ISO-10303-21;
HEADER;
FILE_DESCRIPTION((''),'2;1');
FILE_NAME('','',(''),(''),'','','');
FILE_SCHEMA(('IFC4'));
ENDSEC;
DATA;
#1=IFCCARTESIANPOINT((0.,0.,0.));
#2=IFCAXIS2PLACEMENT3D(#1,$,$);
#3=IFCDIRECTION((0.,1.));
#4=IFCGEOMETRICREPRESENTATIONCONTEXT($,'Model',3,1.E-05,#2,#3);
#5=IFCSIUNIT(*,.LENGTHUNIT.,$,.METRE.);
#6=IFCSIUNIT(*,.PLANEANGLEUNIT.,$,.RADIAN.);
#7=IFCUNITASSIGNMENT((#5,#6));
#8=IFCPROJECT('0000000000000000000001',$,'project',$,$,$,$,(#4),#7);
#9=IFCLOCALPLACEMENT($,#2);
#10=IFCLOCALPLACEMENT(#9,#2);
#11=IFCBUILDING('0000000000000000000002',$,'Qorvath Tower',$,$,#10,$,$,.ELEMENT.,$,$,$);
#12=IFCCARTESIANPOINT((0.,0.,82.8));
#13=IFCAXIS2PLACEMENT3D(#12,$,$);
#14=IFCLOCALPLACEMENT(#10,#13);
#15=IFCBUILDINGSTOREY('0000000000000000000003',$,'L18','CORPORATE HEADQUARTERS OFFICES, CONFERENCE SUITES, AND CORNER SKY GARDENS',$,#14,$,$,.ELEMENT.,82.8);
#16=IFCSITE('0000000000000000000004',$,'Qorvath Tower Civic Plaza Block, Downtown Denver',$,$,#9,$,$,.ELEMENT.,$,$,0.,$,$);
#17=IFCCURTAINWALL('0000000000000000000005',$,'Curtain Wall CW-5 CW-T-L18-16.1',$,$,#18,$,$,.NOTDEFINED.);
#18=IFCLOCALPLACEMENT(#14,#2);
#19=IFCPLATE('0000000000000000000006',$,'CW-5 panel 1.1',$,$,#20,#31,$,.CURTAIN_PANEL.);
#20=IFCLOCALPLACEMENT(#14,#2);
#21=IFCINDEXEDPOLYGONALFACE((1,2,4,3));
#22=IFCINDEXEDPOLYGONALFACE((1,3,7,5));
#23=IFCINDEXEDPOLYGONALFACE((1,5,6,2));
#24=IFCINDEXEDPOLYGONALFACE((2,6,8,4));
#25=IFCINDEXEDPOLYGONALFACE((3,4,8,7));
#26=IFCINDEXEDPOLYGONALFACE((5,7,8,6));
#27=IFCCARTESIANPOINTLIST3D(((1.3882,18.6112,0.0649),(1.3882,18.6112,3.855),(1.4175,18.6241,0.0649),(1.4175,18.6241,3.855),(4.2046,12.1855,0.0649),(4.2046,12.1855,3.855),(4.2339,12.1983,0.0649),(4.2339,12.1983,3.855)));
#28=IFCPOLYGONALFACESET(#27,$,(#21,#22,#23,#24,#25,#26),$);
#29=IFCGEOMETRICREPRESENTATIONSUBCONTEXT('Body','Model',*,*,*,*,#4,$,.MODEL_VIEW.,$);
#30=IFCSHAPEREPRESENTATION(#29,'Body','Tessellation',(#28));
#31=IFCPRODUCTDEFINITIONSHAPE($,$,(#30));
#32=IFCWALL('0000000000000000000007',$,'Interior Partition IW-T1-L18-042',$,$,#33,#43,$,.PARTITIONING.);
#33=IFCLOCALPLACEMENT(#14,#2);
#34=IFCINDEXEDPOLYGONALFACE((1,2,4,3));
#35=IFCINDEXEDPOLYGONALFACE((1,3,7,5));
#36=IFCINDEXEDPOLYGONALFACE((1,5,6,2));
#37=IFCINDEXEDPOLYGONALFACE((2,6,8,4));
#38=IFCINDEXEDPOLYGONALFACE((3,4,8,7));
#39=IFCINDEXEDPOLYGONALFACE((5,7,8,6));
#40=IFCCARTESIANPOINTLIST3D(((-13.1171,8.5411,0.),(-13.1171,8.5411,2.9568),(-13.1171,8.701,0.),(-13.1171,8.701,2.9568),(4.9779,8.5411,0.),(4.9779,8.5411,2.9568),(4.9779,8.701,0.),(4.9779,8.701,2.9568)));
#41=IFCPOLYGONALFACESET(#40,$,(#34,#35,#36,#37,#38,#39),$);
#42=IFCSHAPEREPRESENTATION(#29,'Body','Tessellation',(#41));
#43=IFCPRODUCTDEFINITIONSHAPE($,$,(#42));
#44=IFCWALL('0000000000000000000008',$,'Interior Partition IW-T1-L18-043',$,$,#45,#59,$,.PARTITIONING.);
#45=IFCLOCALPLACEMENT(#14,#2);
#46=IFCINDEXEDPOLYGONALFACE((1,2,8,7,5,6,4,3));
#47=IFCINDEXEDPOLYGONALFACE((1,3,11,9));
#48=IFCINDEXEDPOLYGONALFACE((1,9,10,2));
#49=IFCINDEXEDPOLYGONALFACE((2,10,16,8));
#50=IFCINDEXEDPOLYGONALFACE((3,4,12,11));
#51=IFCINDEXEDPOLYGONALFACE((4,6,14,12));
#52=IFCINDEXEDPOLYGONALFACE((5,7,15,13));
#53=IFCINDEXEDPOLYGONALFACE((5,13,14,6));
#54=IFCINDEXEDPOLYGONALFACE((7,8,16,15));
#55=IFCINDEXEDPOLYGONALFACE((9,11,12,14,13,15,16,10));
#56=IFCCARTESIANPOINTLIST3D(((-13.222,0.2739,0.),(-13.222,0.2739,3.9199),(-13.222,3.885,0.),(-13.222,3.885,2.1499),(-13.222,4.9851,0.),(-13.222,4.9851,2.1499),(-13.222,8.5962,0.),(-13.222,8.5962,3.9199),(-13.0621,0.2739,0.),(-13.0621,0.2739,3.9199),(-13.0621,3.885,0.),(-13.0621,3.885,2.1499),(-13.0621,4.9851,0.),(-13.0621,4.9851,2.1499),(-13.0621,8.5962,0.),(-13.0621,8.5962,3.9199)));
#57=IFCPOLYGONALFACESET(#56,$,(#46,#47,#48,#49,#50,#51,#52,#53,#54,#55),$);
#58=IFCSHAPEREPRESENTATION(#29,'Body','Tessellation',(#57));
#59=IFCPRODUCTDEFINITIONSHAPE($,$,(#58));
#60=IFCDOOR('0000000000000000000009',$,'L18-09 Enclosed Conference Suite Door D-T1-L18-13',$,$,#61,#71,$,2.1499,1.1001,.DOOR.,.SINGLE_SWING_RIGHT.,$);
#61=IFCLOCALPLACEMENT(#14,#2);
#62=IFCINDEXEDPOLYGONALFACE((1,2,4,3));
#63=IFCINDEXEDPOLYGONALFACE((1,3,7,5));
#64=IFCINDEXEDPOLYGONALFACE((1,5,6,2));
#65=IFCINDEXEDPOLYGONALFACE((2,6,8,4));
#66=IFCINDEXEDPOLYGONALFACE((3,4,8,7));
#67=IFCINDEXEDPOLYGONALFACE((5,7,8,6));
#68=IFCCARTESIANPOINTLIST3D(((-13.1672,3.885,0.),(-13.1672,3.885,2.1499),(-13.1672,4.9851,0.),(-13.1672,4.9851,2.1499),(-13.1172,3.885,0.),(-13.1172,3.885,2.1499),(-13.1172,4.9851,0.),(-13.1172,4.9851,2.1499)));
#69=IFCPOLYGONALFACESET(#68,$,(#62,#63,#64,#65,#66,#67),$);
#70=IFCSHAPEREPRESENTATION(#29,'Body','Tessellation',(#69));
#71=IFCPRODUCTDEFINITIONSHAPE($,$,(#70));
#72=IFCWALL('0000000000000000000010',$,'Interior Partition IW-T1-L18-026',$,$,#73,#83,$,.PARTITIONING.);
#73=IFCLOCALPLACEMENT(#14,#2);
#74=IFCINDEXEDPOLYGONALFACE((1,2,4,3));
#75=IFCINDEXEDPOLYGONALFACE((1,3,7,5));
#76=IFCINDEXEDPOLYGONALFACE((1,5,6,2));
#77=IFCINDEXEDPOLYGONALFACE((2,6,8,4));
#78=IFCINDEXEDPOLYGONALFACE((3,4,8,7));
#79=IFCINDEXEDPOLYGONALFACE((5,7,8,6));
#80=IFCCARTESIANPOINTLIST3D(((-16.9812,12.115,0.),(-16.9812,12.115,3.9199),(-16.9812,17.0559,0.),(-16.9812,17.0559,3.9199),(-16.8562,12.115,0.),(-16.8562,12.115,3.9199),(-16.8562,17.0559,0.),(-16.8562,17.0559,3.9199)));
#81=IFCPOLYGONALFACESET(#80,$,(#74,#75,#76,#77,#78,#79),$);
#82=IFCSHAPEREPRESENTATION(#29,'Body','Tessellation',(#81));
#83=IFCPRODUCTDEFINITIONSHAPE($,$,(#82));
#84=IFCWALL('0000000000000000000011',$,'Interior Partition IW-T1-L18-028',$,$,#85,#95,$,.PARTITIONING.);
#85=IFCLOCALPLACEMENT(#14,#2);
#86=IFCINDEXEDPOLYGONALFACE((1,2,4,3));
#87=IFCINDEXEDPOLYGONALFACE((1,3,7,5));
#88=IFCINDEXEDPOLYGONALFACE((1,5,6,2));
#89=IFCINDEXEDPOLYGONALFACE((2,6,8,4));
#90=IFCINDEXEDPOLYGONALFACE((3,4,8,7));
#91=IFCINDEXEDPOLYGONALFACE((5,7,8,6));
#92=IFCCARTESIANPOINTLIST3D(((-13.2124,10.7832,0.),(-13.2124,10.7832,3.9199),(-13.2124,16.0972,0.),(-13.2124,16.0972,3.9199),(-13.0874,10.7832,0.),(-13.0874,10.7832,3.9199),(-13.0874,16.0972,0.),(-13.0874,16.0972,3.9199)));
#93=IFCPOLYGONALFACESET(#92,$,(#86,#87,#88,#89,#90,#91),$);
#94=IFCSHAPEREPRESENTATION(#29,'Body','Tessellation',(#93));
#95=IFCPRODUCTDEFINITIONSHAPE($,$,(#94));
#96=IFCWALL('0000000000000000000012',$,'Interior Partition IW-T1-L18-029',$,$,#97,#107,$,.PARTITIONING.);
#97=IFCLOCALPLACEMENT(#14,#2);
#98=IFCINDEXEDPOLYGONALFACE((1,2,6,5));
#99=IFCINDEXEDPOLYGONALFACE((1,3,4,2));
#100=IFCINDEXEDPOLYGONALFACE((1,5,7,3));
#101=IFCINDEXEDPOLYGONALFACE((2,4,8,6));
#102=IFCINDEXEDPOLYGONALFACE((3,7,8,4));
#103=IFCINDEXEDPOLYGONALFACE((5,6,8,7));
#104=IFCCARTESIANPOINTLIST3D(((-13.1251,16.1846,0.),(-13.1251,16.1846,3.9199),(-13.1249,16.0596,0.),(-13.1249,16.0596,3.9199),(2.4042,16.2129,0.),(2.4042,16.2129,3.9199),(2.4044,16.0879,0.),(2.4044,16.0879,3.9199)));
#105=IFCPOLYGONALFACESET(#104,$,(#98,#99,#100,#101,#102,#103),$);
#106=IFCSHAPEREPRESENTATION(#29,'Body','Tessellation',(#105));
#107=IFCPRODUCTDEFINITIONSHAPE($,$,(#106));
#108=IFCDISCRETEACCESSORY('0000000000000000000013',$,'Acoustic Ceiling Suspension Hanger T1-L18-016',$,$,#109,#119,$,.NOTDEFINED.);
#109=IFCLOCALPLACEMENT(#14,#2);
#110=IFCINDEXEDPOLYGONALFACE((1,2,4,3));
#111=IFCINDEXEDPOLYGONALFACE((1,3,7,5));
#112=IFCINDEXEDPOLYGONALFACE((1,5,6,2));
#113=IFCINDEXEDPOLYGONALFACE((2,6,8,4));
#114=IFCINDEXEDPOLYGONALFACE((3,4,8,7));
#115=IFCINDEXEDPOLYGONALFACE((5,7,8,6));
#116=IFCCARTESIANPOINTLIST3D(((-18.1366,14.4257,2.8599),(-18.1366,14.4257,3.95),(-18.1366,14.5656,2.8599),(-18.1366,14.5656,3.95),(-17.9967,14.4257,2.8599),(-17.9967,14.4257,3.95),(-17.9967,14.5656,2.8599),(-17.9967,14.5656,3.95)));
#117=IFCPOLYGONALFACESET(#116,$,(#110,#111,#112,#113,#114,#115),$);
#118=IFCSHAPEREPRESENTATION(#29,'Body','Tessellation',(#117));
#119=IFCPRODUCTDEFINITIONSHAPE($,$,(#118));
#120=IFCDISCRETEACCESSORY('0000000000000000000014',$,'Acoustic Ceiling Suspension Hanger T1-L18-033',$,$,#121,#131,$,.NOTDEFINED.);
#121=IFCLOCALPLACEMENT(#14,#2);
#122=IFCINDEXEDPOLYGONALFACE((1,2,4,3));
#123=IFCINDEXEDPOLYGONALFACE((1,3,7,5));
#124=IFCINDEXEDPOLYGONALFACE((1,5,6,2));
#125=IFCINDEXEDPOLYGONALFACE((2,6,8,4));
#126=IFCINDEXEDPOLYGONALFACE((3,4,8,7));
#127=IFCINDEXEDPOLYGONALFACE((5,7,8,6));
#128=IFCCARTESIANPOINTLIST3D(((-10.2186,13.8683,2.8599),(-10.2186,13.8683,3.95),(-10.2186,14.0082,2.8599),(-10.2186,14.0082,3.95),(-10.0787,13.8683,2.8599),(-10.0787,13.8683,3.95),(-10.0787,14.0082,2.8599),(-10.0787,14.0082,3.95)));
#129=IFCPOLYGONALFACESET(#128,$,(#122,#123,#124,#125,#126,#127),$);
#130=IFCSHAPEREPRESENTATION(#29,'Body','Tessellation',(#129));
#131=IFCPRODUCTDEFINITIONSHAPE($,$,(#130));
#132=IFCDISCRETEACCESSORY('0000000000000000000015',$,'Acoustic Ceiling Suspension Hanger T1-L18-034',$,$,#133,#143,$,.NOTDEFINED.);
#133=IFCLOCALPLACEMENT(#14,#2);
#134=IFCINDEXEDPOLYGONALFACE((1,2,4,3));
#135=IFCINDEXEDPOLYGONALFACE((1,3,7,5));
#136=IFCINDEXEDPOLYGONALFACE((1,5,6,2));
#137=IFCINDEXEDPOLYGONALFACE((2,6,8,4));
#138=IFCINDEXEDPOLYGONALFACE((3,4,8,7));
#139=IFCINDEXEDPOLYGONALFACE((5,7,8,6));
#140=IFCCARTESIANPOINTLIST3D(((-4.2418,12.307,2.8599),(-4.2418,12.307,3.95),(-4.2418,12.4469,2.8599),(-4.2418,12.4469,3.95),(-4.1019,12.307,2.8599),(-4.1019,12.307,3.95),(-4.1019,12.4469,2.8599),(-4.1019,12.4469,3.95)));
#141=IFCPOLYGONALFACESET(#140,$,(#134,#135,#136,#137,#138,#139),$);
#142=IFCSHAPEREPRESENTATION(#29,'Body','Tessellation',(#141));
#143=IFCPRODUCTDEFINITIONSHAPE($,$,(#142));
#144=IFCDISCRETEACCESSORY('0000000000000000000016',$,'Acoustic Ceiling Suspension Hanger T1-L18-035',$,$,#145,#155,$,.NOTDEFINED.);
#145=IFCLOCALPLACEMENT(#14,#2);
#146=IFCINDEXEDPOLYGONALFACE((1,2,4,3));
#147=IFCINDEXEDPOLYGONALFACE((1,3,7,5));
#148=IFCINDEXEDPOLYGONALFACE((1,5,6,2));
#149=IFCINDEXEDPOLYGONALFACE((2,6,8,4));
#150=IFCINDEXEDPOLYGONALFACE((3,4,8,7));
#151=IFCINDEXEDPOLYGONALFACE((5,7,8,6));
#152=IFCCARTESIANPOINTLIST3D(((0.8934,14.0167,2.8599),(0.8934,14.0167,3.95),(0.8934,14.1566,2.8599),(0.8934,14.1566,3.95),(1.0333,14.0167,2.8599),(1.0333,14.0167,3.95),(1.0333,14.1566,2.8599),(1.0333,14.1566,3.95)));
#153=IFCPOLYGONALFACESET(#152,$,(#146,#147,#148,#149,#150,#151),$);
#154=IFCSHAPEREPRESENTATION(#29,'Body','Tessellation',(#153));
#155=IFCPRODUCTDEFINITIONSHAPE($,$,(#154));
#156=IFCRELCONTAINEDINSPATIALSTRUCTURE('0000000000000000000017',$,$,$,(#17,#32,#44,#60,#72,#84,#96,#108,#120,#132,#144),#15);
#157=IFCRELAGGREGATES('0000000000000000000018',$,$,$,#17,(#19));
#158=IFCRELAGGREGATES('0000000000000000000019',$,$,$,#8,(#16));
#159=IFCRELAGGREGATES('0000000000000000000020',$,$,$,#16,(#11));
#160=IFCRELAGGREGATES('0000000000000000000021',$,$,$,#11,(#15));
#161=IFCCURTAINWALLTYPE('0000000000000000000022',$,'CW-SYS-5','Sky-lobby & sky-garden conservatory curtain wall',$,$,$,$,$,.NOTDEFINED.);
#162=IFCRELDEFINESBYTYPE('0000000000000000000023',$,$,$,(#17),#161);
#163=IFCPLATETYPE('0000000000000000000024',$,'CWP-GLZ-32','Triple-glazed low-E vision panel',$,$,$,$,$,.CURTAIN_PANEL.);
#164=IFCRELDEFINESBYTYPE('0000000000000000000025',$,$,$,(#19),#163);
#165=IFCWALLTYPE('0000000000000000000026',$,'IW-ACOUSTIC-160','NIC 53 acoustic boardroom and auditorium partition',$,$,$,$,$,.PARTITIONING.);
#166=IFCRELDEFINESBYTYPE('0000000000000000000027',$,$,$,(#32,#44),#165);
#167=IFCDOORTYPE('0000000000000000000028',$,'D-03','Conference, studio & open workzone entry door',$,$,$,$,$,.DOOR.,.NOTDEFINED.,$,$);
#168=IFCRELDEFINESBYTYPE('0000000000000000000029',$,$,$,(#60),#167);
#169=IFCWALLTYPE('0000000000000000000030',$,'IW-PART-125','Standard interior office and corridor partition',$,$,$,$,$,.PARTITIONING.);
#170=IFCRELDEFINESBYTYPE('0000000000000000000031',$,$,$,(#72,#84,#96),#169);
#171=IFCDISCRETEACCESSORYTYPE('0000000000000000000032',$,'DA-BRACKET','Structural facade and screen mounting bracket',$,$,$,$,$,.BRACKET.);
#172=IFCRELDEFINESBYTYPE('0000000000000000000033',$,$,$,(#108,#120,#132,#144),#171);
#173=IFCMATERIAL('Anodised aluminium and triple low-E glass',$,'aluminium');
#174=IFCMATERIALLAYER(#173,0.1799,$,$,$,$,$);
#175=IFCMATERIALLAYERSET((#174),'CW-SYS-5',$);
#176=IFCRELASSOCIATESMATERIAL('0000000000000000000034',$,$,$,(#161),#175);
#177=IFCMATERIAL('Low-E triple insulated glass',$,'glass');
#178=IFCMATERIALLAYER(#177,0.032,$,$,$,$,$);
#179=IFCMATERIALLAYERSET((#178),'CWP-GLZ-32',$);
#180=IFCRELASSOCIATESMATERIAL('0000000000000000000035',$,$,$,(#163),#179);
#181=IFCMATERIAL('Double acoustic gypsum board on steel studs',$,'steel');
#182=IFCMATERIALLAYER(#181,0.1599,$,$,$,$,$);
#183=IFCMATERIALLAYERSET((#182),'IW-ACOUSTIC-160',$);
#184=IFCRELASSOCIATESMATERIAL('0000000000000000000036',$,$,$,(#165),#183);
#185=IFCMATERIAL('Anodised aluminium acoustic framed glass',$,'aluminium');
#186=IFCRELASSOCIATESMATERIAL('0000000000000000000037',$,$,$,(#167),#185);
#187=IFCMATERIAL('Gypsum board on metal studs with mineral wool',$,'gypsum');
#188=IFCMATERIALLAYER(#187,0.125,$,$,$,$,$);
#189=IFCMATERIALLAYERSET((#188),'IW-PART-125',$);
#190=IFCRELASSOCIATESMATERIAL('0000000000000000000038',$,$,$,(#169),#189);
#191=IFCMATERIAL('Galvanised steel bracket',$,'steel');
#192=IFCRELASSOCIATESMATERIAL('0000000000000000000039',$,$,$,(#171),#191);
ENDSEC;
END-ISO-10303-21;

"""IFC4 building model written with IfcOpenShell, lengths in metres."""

from ifc_helpers import new_model, si_unit, direction, frame, frame_2d, origin, origin_2d, place, context, subcontext, project, spatial, rectangle, extrude, material, layer, layer_set, type_object, element, fill, aggregate, save


model = new_model("IFC4")

# Units and contexts
model_context = context("Model", 3, precision=1e-05, world=origin(), true_north=direction((0.0, 1.0)))
body_context = subcontext(model_context, "Body", "Model", "MODEL_VIEW")
ifc_project = project(units=[si_unit("LENGTHUNIT", "METRE"), si_unit("PLANEANGLEUNIT", "RADIAN")], contexts=[model_context])

# Site, building, storey
site_placement = place(None, origin())
site = spatial("IfcSite", under=ifc_project, at=site_placement, Name="Qorvath Tower Civic Plaza Block, Downtown Denver", CompositionType="ELEMENT", RefElevation=0.0)
building_placement = place(site_placement, origin())
building = spatial("IfcBuilding", under=site, at=building_placement, Name="Qorvath Tower", CompositionType="ELEMENT")
storey_placement = place(building_placement, frame((0.0, 0.0, 82.8)))
storey = spatial("IfcBuildingStorey", under=building, at=storey_placement, Name="L18", Description="CORPORATE HEADQUARTERS OFFICES, CONFERENCE SUITES, AND CORNER SKY GARDENS", CompositionType="ELEMENT", Elevation=82.8)

# Shared definitions
ifc_material_1 = material(Name="Anodised aluminium and triple low-E glass", Category="aluminium")
ifc_layer_1 = layer(ifc_material_1, 0.1799)
ifc_layer_set_1 = layer_set([ifc_layer_1], Name="CW-SYS-5")
curtain_wall_type = type_object("IfcCurtainWallType", Name="CW-SYS-5", Description="Sky-lobby & sky-garden conservatory curtain wall", PredefinedType="NOTDEFINED", material=ifc_layer_set_1)

# Curtain wall
curtain_wall_1_placement = place(storey_placement, origin())
curtain_wall_1 = element("IfcCurtainWall", 1, at=curtain_wall_1_placement, inside=storey, type_object=curtain_wall_type, Name="Curtain Wall CW-5 CW-T-L18-16.1", PredefinedType="NOTDEFINED")

# Plate
ifc_material_2 = material(Name="Low-E triple insulated glass", Category="glass")
ifc_layer_2 = layer(ifc_material_2, 0.032)
ifc_layer_set_2 = layer_set([ifc_layer_2], Name="CWP-GLZ-32")
plate_type = type_object("IfcPlateType", Name="CWP-GLZ-32", Description="Triple-glazed low-E vision panel", PredefinedType="CURTAIN_PANEL", material=ifc_layer_set_2)
plate_1_placement = place(storey_placement, frame((2.811, 15.4048, 0.0649), z_axis=(0.0, 0.0, 1.0), x_axis=(-0.40144, 0.915886, 0.0)))
plate_1 = element("IfcPlate", 2, at=plate_1_placement, type_object=plate_type, Name="CW-5 panel 1.1", PredefinedType="CURTAIN_PANEL", context=body_context, shape_type="SweptSolid", body=[
    extrude(rectangle(XDim=7.0159, YDim=0.032, at=origin_2d()), origin(), (0.0, 0.0, 1.0), 3.79),
])
aggregate(curtain_wall_1, [plate_1])

# Wall
ifc_material_3 = material(Name="Double acoustic gypsum board on steel studs", Category="steel")
ifc_layer_3 = layer(ifc_material_3, 0.1599)
ifc_layer_set_3 = layer_set([ifc_layer_3], Name="IW-ACOUSTIC-160")
wall_type_1 = type_object("IfcWallType", Name="IW-ACOUSTIC-160", Description="NIC 53 acoustic boardroom and auditorium partition", PredefinedType="PARTITIONING", material=ifc_layer_set_3)
wall_1_placement = place(storey_placement, frame((4.9778, 8.6211, 0.0), z_axis=(0.0, 0.0, 1.0), x_axis=(-1.0, 0.0, 0.0)))
element("IfcWall", 3, at=wall_1_placement, inside=storey, type_object=wall_type_1, Name="Interior Partition IW-T1-L18-042", PredefinedType="PARTITIONING", context=body_context, shape_type="SweptSolid", body=[
    extrude(rectangle(XDim=18.095, YDim=0.1599, at=frame_2d((9.0474, 0.0))), origin(), (0.0, 0.0, 1.0), 2.9568),
])

# Wall, opening, door
wall_2_placement = place(storey_placement, frame((-13.1421, 8.5962, 0.0), z_axis=(0.0, 0.0, 1.0), x_axis=(0.0, -1.0, 0.0)))
wall_2 = element("IfcWall", 4, at=wall_2_placement, inside=storey, type_object=wall_type_1, Name="Interior Partition IW-T1-L18-043", PredefinedType="PARTITIONING", context=body_context, shape_type="SweptSolid", body=[
    extrude(rectangle(XDim=8.3223, YDim=0.1599, at=frame_2d((4.1611, 0.0))), origin(), (0.0, 0.0, 1.0), 3.9199),
])
opening_1_placement = place(wall_2_placement, frame((3.6111, 0.0, 0.0)))
opening_1 = element("IfcOpeningElement", 5, at=opening_1_placement, cuts=wall_2, PredefinedType="OPENING", context=body_context, shape_type="SweptSolid", body=[
    extrude(rectangle(XDim=1.1001, YDim=2.1499, at=frame_2d((0.55, 1.075))), frame((0.0, 0.0898, 0.0), z_axis=(0.0, -1.0, 0.0), x_axis=(1.0, 0.0, 0.0)), (0.0, 0.0, 1.0), 0.1799),
])
ifc_material_4 = material(Name="Anodised aluminium acoustic framed glass", Category="aluminium")
door_type_1 = type_object("IfcDoorType", Name="D-03", Description="Conference, studio & open workzone entry door", OperationType="NOTDEFINED", PredefinedType="DOOR", material=ifc_material_4)
door_1_placement = place(opening_1_placement, origin())
door_1 = element("IfcDoor", 6, at=door_1_placement, inside=storey, type_object=door_type_1, Name="L18-09 Enclosed Conference Suite Door D-T1-L18-13", OperationType="SINGLE_SWING_RIGHT", OverallHeight=2.1499, OverallWidth=1.1001, PredefinedType="DOOR", context=body_context, shape_type="SweptSolid", body=[
    extrude(rectangle(XDim=1.1001, YDim=2.1499, at=frame_2d((0.55, 1.075))), frame((0.0, 0.0249, 0.0), z_axis=(0.0, -1.0, 0.0), x_axis=(1.0, 0.0, 0.0)), (0.0, 0.0, 1.0), 0.05),
])
fill(opening_1, door_1)

# Wall
ifc_material_5 = material(Name="Gypsum board on metal studs with mineral wool", Category="gypsum")
ifc_layer_4 = layer(ifc_material_5, 0.125)
ifc_layer_set_4 = layer_set([ifc_layer_4], Name="IW-PART-125")
wall_type_2 = type_object("IfcWallType", Name="IW-PART-125", Description="Standard interior office and corridor partition", PredefinedType="PARTITIONING", material=ifc_layer_set_4)
wall_3_placement = place(storey_placement, frame((-16.9187, 12.115, 0.0), z_axis=(0.0, 0.0, 1.0), x_axis=(0.0, 1.0, 0.0)))
element("IfcWall", 7, at=wall_3_placement, inside=storey, type_object=wall_type_2, Name="Interior Partition IW-T1-L18-026", PredefinedType="PARTITIONING", context=body_context, shape_type="SweptSolid", body=[
    extrude(rectangle(XDim=4.9409, YDim=0.125, at=frame_2d((2.4705, 0.0))), origin(), (0.0, 0.0, 1.0), 3.9199),
])

# Walls
wall_4_placement = place(storey_placement, frame((-13.1499, 16.0972, 0.0), z_axis=(0.0, 0.0, 1.0), x_axis=(0.0, -1.0, 0.0)))
element("IfcWall", 8, at=wall_4_placement, inside=storey, type_object=wall_type_2, Name="Interior Partition IW-T1-L18-028", PredefinedType="PARTITIONING", context=body_context, shape_type="SweptSolid", body=[
    extrude(rectangle(XDim=5.314, YDim=0.125, at=frame_2d((2.657, 0.0))), origin(), (0.0, 0.0, 1.0), 3.9199),
])
wall_5_placement = place(storey_placement, frame((-13.125, 16.1221, 0.0), z_axis=(0.0, 0.0, 1.0), x_axis=(0.999998, 0.001824, 0.0)))
element("IfcWall", 9, at=wall_5_placement, inside=storey, type_object=wall_type_2, Name="Interior Partition IW-T1-L18-029", PredefinedType="PARTITIONING", context=body_context, shape_type="SweptSolid", body=[
    extrude(rectangle(XDim=15.5293, YDim=0.125, at=frame_2d((7.7646, 0.0))), origin(), (0.0, 0.0, 1.0), 3.9199),
])

# Discrete accessories
ifc_material_6 = material(Name="Galvanised steel bracket", Category="steel")
discrete_accessory_type = type_object("IfcDiscreteAccessoryType", Name="DA-BRACKET", Description="Structural facade and screen mounting bracket", PredefinedType="BRACKET", material=ifc_material_6)
for number, where, z_axis, x_axis, name in (
    (10, (-18.0667, 14.4956, 2.8599), (0.0, 0.0, 1.0), (1.0, 0.0, 0.0), "Acoustic Ceiling Suspension Hanger T1-L18-016"),
    (11, (-10.1487, 13.9382, 2.8599), (0.0, 0.0, 1.0), (1.0, 0.0, 0.0), "Acoustic Ceiling Suspension Hanger T1-L18-033"),
    (12, (-4.1719, 12.377, 2.8599), (0.0, 0.0, 1.0), (1.0, 0.0, 0.0), "Acoustic Ceiling Suspension Hanger T1-L18-034"),
    (13, (0.9634, 14.0867, 2.8599), (0.0, 0.0, 1.0), (1.0, 0.0, 0.0), "Acoustic Ceiling Suspension Hanger T1-L18-035"),
):
    element("IfcDiscreteAccessory", number, at=place(storey_placement, frame(where, z_axis=z_axis, x_axis=x_axis)), inside=storey, type_object=discrete_accessory_type, Name=name, PredefinedType="NOTDEFINED", context=body_context, shape_type="SweptSolid", body=[
        extrude(rectangle(XDim=0.1399, YDim=0.1399, at=origin_2d()), origin(), (0.0, 0.0, 1.0), 1.0901),
    ])

save(model, "model.ifc")
